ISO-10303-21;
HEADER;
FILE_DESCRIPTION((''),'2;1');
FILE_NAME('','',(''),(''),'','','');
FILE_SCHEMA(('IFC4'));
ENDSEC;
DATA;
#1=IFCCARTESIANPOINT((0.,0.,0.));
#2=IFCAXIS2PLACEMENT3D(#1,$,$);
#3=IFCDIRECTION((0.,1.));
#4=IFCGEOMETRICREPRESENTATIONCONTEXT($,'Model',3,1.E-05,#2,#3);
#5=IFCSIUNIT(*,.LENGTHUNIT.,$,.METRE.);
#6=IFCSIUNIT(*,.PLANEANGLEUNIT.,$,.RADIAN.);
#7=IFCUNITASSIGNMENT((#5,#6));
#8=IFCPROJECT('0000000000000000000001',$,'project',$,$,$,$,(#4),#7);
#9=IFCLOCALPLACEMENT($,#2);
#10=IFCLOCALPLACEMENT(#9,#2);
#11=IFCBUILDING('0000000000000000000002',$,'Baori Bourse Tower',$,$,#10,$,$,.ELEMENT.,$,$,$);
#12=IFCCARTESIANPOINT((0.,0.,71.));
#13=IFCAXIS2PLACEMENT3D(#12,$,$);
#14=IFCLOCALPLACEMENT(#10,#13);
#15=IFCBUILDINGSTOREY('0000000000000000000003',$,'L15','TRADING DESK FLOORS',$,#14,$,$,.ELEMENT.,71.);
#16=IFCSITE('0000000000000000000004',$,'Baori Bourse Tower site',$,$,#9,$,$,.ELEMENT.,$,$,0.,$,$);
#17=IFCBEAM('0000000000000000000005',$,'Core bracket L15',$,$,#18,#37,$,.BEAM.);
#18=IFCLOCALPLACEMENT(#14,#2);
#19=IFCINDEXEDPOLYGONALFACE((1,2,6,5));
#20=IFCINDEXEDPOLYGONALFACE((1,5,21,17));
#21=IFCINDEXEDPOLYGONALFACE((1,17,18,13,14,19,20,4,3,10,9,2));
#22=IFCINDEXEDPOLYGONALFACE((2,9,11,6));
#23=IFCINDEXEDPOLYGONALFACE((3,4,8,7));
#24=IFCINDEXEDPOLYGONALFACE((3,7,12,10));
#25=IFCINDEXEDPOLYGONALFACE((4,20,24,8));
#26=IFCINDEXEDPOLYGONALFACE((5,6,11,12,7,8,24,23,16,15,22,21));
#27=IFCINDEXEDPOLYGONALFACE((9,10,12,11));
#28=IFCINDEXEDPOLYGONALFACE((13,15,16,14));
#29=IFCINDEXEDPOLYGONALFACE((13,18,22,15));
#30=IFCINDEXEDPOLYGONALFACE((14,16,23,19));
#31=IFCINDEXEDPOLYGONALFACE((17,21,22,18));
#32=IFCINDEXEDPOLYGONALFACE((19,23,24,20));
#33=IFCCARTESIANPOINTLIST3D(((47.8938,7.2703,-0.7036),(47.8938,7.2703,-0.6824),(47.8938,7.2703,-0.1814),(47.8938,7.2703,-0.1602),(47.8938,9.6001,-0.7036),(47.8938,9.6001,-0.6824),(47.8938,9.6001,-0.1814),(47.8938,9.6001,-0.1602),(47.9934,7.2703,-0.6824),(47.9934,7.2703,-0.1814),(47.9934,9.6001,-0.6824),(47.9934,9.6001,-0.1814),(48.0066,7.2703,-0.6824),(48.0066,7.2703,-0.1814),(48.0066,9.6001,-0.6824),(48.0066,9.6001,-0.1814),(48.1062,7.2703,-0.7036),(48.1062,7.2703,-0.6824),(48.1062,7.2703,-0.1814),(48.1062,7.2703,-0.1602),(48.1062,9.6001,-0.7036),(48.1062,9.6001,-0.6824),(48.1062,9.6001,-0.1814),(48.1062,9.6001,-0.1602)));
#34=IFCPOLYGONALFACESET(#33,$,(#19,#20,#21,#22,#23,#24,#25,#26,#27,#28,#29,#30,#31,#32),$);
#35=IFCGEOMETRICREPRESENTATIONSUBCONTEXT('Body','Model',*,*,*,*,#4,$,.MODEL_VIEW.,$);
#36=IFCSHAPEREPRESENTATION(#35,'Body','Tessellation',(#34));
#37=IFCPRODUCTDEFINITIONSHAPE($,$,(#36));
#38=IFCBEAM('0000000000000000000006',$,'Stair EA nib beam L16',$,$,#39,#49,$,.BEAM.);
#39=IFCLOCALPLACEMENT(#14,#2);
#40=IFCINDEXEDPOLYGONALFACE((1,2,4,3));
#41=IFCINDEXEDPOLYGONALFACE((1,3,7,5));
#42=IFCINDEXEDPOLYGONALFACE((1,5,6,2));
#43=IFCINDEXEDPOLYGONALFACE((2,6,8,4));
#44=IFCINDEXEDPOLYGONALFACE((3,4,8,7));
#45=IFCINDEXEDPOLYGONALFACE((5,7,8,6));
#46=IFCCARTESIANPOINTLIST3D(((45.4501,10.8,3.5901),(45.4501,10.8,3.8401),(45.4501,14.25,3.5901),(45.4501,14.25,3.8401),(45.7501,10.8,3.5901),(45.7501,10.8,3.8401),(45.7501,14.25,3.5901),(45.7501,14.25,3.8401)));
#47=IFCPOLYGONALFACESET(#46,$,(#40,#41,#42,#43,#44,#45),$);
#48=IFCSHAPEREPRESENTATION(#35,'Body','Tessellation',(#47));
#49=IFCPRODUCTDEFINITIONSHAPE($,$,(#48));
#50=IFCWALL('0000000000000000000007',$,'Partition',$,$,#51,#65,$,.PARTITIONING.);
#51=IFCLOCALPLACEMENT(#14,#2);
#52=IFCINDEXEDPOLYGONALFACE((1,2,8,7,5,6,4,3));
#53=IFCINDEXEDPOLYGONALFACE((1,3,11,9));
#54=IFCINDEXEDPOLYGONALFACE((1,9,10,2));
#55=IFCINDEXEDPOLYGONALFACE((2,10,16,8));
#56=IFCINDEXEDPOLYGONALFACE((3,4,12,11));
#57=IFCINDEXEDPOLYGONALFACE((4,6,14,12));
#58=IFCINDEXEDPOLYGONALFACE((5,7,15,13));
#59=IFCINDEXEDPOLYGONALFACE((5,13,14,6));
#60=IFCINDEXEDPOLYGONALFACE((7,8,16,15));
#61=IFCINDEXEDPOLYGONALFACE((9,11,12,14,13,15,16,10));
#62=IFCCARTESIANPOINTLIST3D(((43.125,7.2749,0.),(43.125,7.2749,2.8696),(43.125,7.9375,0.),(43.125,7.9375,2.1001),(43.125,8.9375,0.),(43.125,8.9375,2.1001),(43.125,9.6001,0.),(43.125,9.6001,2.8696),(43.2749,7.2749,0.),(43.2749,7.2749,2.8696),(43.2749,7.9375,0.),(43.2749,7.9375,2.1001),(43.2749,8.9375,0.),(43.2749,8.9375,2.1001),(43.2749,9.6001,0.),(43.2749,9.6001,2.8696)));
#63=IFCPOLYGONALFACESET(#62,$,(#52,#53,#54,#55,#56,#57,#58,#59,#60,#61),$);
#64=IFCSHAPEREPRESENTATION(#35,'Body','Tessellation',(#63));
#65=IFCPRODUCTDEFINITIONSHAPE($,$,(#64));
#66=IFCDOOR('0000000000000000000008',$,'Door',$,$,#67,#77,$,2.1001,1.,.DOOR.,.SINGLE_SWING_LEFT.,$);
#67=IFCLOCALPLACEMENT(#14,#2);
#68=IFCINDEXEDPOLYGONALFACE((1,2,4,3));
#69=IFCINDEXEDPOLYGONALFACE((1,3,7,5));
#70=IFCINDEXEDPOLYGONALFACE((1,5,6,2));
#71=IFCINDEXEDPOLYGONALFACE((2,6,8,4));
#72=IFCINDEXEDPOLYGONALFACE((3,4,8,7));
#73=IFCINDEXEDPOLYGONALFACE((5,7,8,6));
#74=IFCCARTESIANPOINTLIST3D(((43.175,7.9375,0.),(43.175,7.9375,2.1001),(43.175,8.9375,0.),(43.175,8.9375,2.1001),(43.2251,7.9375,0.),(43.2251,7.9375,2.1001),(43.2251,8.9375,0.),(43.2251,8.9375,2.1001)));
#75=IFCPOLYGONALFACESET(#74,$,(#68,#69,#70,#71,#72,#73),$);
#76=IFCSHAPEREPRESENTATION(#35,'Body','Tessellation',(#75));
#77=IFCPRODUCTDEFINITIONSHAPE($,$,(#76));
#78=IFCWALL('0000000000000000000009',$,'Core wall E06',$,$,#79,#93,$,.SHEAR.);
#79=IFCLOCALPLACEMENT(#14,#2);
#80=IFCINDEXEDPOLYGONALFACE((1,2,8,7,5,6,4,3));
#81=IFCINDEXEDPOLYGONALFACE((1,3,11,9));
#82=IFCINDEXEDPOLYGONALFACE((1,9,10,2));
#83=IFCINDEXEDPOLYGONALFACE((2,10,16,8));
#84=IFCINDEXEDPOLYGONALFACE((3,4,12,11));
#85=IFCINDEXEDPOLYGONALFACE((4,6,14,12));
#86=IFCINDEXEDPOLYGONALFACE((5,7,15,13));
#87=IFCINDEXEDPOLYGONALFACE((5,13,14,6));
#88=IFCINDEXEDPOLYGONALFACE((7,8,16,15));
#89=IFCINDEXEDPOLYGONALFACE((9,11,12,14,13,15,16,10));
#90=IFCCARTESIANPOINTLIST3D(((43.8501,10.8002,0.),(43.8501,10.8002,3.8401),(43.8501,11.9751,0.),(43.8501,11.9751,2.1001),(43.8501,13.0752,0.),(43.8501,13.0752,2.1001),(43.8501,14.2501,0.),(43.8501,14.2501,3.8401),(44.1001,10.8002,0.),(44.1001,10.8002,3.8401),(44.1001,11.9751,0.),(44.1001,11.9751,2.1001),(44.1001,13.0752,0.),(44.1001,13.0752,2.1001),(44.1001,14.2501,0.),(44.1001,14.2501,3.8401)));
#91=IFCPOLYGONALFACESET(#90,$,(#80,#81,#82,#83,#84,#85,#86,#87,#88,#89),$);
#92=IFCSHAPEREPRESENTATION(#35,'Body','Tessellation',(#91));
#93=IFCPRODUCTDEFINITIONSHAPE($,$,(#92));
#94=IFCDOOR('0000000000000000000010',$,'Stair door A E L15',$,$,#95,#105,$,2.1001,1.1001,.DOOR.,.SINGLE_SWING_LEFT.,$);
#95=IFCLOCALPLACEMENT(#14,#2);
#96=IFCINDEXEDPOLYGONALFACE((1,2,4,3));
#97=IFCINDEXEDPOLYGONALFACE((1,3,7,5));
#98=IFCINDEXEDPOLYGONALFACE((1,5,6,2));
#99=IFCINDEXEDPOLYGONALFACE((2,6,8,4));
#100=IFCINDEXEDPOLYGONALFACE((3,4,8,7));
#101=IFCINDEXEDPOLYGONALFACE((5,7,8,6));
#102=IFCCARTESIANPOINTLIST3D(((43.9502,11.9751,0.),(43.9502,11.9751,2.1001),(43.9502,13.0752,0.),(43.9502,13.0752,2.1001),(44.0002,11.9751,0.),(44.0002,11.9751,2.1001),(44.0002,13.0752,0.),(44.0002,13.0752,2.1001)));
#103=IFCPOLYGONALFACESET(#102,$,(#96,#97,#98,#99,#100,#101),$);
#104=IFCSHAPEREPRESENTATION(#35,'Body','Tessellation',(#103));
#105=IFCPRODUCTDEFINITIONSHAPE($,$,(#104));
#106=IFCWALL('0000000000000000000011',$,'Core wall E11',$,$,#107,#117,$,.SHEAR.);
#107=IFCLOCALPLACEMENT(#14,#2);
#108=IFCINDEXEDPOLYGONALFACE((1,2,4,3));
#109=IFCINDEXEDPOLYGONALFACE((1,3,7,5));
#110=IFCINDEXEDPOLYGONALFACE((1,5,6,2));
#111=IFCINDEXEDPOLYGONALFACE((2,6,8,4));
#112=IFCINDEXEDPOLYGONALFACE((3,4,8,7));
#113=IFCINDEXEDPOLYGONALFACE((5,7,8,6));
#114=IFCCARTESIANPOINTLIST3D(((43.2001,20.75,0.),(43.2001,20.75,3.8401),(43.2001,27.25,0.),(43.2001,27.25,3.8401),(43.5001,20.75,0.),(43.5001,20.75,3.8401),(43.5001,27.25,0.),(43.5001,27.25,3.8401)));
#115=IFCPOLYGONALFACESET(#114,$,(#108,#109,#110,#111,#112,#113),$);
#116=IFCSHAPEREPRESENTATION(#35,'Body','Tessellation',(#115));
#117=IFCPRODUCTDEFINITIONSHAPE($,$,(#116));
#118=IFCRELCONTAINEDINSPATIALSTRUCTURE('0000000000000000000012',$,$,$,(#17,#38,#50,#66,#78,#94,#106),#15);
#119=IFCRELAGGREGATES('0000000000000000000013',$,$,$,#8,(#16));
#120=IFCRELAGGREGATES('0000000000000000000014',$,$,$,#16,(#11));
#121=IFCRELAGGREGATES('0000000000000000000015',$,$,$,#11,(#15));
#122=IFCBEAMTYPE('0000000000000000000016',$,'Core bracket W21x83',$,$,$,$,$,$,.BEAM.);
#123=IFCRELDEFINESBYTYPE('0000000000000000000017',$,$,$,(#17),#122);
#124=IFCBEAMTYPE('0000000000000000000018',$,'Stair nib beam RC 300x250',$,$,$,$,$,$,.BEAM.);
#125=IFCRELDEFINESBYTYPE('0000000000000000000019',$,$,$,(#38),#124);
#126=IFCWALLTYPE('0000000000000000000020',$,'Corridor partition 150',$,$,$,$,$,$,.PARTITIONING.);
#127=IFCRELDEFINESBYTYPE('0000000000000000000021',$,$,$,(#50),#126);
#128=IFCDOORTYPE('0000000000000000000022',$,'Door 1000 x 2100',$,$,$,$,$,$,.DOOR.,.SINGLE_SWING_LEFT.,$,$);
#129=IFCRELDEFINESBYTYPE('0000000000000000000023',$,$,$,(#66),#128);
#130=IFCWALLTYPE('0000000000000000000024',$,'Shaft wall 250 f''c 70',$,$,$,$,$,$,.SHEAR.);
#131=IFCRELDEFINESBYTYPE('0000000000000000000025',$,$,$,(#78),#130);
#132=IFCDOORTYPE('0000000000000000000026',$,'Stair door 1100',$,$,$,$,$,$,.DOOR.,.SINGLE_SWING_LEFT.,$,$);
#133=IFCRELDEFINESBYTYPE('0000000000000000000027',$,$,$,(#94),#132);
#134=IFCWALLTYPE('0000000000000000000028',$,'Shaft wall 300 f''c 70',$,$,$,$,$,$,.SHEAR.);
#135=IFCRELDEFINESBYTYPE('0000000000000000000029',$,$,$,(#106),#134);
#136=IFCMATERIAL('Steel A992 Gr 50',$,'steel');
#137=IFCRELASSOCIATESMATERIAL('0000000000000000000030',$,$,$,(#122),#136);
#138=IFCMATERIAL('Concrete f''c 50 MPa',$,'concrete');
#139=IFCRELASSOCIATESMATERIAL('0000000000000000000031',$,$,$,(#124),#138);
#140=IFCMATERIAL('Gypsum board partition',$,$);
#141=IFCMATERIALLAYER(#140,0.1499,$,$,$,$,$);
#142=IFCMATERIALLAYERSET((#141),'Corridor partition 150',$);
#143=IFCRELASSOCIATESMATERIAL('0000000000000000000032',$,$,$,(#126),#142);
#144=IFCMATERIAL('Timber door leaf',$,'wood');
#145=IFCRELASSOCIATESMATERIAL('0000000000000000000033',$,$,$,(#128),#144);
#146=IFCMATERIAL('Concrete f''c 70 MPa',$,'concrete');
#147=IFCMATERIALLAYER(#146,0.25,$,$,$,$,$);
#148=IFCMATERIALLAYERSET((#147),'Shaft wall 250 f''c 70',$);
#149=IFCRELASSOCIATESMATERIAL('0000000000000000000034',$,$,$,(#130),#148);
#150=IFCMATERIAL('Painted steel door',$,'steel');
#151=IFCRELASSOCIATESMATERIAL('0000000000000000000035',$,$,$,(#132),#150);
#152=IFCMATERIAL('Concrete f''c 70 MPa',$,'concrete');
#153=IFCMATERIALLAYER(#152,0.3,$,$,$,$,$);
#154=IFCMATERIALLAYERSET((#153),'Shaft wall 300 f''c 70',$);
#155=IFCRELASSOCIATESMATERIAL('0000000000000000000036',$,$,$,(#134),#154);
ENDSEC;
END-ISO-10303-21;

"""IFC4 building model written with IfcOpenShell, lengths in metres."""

from ifc_helpers import new_model, si_unit, direction, frame, frame_2d, origin, origin_2d, place, context, subcontext, project, spatial, rectangle, i_section, extrude, material, layer, layer_set, material_profile, profile_set, type_object, element, fill, save


model = new_model("IFC4")

# Units and contexts
model_context = context("Model", 3, precision=1e-05, world=origin(), true_north=direction((0.0, 1.0)))
body_context = subcontext(model_context, "Body", "Model", "MODEL_VIEW")
ifc_project = project(units=[si_unit("LENGTHUNIT", "METRE"), si_unit("PLANEANGLEUNIT", "RADIAN")], contexts=[model_context])

# Site, building, storey
site_placement = place(None, origin())
site = spatial("IfcSite", under=ifc_project, at=site_placement, Name="Baori Bourse Tower site", CompositionType="ELEMENT", RefElevation=0.0)
building_placement = place(site_placement, origin())
building = spatial("IfcBuilding", under=site, at=building_placement, Name="Baori Bourse Tower", CompositionType="ELEMENT")
storey_placement = place(building_placement, frame((0.0, 0.0, 71.0)))
storey = spatial("IfcBuildingStorey", under=building, at=storey_placement, Name="L15", Description="TRADING DESK FLOORS", CompositionType="ELEMENT", Elevation=71.0)

# Beams
ifc_material_1 = material(Name="Steel A992 Gr 50", Category="steel")
ifc_material_profile_1 = material_profile(ifc_material_1, i_section(OverallWidth=0.2124, OverallDepth=0.5435, WebThickness=0.0132, FlangeThickness=0.0212, at=origin_2d()), Name="W21x83")
ifc_profile_set_1 = profile_set([ifc_material_profile_1], Name="Steel A992 Gr 50")
beam_type_1 = type_object("IfcBeamType", Name="Core bracket W21x83", PredefinedType="BEAM", material=ifc_profile_set_1)
beam_1_placement = place(storey_placement, frame((48.0, 7.2703, -0.4319), z_axis=(0.0, 1.0, 0.0), x_axis=(-1.0, 0.0, 0.0)))
element("IfcBeam", 1, at=beam_1_placement, inside=storey, type_object=beam_type_1, Name="Core bracket L15", PredefinedType="BEAM", context=body_context, shape_type="SweptSolid", body=[
    extrude(i_section(OverallWidth=0.2124, OverallDepth=0.5435, WebThickness=0.0132, FlangeThickness=0.0212, at=origin_2d()), origin(), (0.0, 0.0, 1.0), 2.3298),
])
ifc_material_2 = material(Name="Concrete f'c 50 MPa", Category="concrete")
ifc_material_profile_2 = material_profile(ifc_material_2, rectangle(XDim=0.3, YDim=0.25, at=origin_2d()), Name="RC 300x250")
ifc_profile_set_2 = profile_set([ifc_material_profile_2], Name="Concrete f'c 50 MPa")
beam_type_2 = type_object("IfcBeamType", Name="Stair nib beam RC 300x250", PredefinedType="BEAM", material=ifc_profile_set_2)
beam_2_placement = place(storey_placement, frame((45.6001, 10.8, 3.7151), z_axis=(0.0, 1.0, 0.0), x_axis=(-1.0, 0.0, 0.0)))
element("IfcBeam", 2, at=beam_2_placement, inside=storey, type_object=beam_type_2, Name="Stair EA nib beam L16", PredefinedType="BEAM", context=body_context, shape_type="SweptSolid", body=[
    extrude(rectangle(XDim=0.3, YDim=0.25, at=origin_2d()), origin(), (0.0, 0.0, 1.0), 3.45),
])

# Walls, openings, doors
ifc_material_3 = material(Name="Gypsum board partition")
ifc_layer_1 = layer(ifc_material_3, 0.1499)
ifc_layer_set_1 = layer_set([ifc_layer_1], Name="Corridor partition 150")
wall_type_1 = type_object("IfcWallType", Name="Corridor partition 150", PredefinedType="PARTITIONING", material=ifc_layer_set_1)
wall_1_placement = place(storey_placement, frame((43.2, 7.2749, 0.0), z_axis=(0.0, 0.0, 1.0), x_axis=(0.0, 1.0, 0.0)))
wall_1 = element("IfcWall", 3, at=wall_1_placement, inside=storey, type_object=wall_type_1, Name="Partition", PredefinedType="PARTITIONING", context=body_context, shape_type="SweptSolid", body=[
    extrude(rectangle(XDim=2.3252, YDim=0.1499, at=frame_2d((1.1626, 0.0))), origin(), (0.0, 0.0, 1.0), 2.8696),
])
opening_1_placement = place(wall_1_placement, frame((0.6626, 0.0, 0.0)))
opening_1 = element("IfcOpeningElement", 4, at=opening_1_placement, cuts=wall_1, PredefinedType="OPENING", context=body_context, shape_type="SweptSolid", body=[
    extrude(rectangle(XDim=1.0, YDim=2.1001, at=frame_2d((0.5, 1.05))), frame((0.0, 0.085, 0.0), z_axis=(0.0, -1.0, 0.0), x_axis=(1.0, 0.0, 0.0)), (0.0, 0.0, 1.0), 0.1699),
])
ifc_material_4 = material(Name="Timber door leaf", Category="wood")
door_type_1 = type_object("IfcDoorType", Name="Door 1000 x 2100", OperationType="SINGLE_SWING_LEFT", PredefinedType="DOOR", material=ifc_material_4)
door_1_placement = place(opening_1_placement, origin())
door_1 = element("IfcDoor", 5, at=door_1_placement, inside=storey, type_object=door_type_1, Name="Door", OperationType="SINGLE_SWING_LEFT", OverallHeight=2.1001, OverallWidth=1.0, PredefinedType="DOOR", context=body_context, shape_type="SweptSolid", body=[
    extrude(rectangle(XDim=1.0, YDim=2.1001, at=frame_2d((0.5, 1.05))), frame((0.0, 0.0249, 0.0), z_axis=(0.0, -1.0, 0.0), x_axis=(1.0, 0.0, 0.0)), (0.0, 0.0, 1.0), 0.05),
])
fill(opening_1, door_1)
ifc_material_5 = material(Name="Concrete f'c 70 MPa", Category="concrete")
ifc_layer_2 = layer(ifc_material_5, 0.25)
ifc_layer_set_2 = layer_set([ifc_layer_2], Name="Shaft wall 250 f'c 70")
wall_type_2 = type_object("IfcWallType", Name="Shaft wall 250 f'c 70", PredefinedType="SHEAR", material=ifc_layer_set_2)
wall_2_placement = place(storey_placement, frame((43.9751, 10.8, 0.0), z_axis=(0.0, 0.0, 1.0), x_axis=(0.0, 1.0, 0.0)))
wall_2 = element("IfcWall", 6, at=wall_2_placement, inside=storey, type_object=wall_type_2, Name="Core wall E06", PredefinedType="SHEAR", context=body_context, shape_type="SweptSolid", body=[
    extrude(rectangle(XDim=3.45, YDim=0.25, at=frame_2d((1.7251, 0.0))), origin(), (0.0, 0.0, 1.0), 3.8401),
])
opening_2_placement = place(wall_2_placement, frame((1.175, 0.0, 0.0)))
opening_2 = element("IfcOpeningElement", 7, at=opening_2_placement, cuts=wall_2, PredefinedType="OPENING", context=body_context, shape_type="SweptSolid", body=[
    extrude(rectangle(XDim=1.1001, YDim=2.1001, at=frame_2d((0.55, 1.05))), frame((0.0, 0.135, 0.0), z_axis=(0.0, -1.0, 0.0), x_axis=(1.0, 0.0, 0.0)), (0.0, 0.0, 1.0), 0.27),
])
ifc_material_6 = material(Name="Painted steel door", Category="steel")
door_type_2 = type_object("IfcDoorType", Name="Stair door 1100", OperationType="SINGLE_SWING_LEFT", PredefinedType="DOOR", material=ifc_material_6)
door_2_placement = place(opening_2_placement, origin())
door_2 = element("IfcDoor", 8, at=door_2_placement, inside=storey, type_object=door_type_2, Name="Stair door A E L15", OperationType="SINGLE_SWING_LEFT", OverallHeight=2.1001, OverallWidth=1.1001, PredefinedType="DOOR", context=body_context, shape_type="SweptSolid", body=[
    extrude(rectangle(XDim=1.1001, YDim=2.1001, at=frame_2d((0.55, 1.05))), frame((0.0, 0.0249, 0.0), z_axis=(0.0, -1.0, 0.0), x_axis=(1.0, 0.0, 0.0)), (0.0, 0.0, 1.0), 0.05),
])
fill(opening_2, door_2)

# Wall
ifc_material_7 = material(Name="Concrete f'c 70 MPa", Category="concrete")
ifc_layer_3 = layer(ifc_material_7, 0.3)
ifc_layer_set_3 = layer_set([ifc_layer_3], Name="Shaft wall 300 f'c 70")
wall_type_3 = type_object("IfcWallType", Name="Shaft wall 300 f'c 70", PredefinedType="SHEAR", material=ifc_layer_set_3)
wall_3_placement = place(storey_placement, frame((43.3501, 20.75, 0.0), z_axis=(0.0, 0.0, 1.0), x_axis=(0.0, 1.0, 0.0)))
element("IfcWall", 9, at=wall_3_placement, inside=storey, type_object=wall_type_3, Name="Core wall E11", PredefinedType="SHEAR", context=body_context, shape_type="SweptSolid", body=[
    extrude(rectangle(XDim=6.5, YDim=0.3, at=frame_2d((3.25, 0.0))), origin(), (0.0, 0.0, 1.0), 3.8401),
])

save(model, "model.ifc")
